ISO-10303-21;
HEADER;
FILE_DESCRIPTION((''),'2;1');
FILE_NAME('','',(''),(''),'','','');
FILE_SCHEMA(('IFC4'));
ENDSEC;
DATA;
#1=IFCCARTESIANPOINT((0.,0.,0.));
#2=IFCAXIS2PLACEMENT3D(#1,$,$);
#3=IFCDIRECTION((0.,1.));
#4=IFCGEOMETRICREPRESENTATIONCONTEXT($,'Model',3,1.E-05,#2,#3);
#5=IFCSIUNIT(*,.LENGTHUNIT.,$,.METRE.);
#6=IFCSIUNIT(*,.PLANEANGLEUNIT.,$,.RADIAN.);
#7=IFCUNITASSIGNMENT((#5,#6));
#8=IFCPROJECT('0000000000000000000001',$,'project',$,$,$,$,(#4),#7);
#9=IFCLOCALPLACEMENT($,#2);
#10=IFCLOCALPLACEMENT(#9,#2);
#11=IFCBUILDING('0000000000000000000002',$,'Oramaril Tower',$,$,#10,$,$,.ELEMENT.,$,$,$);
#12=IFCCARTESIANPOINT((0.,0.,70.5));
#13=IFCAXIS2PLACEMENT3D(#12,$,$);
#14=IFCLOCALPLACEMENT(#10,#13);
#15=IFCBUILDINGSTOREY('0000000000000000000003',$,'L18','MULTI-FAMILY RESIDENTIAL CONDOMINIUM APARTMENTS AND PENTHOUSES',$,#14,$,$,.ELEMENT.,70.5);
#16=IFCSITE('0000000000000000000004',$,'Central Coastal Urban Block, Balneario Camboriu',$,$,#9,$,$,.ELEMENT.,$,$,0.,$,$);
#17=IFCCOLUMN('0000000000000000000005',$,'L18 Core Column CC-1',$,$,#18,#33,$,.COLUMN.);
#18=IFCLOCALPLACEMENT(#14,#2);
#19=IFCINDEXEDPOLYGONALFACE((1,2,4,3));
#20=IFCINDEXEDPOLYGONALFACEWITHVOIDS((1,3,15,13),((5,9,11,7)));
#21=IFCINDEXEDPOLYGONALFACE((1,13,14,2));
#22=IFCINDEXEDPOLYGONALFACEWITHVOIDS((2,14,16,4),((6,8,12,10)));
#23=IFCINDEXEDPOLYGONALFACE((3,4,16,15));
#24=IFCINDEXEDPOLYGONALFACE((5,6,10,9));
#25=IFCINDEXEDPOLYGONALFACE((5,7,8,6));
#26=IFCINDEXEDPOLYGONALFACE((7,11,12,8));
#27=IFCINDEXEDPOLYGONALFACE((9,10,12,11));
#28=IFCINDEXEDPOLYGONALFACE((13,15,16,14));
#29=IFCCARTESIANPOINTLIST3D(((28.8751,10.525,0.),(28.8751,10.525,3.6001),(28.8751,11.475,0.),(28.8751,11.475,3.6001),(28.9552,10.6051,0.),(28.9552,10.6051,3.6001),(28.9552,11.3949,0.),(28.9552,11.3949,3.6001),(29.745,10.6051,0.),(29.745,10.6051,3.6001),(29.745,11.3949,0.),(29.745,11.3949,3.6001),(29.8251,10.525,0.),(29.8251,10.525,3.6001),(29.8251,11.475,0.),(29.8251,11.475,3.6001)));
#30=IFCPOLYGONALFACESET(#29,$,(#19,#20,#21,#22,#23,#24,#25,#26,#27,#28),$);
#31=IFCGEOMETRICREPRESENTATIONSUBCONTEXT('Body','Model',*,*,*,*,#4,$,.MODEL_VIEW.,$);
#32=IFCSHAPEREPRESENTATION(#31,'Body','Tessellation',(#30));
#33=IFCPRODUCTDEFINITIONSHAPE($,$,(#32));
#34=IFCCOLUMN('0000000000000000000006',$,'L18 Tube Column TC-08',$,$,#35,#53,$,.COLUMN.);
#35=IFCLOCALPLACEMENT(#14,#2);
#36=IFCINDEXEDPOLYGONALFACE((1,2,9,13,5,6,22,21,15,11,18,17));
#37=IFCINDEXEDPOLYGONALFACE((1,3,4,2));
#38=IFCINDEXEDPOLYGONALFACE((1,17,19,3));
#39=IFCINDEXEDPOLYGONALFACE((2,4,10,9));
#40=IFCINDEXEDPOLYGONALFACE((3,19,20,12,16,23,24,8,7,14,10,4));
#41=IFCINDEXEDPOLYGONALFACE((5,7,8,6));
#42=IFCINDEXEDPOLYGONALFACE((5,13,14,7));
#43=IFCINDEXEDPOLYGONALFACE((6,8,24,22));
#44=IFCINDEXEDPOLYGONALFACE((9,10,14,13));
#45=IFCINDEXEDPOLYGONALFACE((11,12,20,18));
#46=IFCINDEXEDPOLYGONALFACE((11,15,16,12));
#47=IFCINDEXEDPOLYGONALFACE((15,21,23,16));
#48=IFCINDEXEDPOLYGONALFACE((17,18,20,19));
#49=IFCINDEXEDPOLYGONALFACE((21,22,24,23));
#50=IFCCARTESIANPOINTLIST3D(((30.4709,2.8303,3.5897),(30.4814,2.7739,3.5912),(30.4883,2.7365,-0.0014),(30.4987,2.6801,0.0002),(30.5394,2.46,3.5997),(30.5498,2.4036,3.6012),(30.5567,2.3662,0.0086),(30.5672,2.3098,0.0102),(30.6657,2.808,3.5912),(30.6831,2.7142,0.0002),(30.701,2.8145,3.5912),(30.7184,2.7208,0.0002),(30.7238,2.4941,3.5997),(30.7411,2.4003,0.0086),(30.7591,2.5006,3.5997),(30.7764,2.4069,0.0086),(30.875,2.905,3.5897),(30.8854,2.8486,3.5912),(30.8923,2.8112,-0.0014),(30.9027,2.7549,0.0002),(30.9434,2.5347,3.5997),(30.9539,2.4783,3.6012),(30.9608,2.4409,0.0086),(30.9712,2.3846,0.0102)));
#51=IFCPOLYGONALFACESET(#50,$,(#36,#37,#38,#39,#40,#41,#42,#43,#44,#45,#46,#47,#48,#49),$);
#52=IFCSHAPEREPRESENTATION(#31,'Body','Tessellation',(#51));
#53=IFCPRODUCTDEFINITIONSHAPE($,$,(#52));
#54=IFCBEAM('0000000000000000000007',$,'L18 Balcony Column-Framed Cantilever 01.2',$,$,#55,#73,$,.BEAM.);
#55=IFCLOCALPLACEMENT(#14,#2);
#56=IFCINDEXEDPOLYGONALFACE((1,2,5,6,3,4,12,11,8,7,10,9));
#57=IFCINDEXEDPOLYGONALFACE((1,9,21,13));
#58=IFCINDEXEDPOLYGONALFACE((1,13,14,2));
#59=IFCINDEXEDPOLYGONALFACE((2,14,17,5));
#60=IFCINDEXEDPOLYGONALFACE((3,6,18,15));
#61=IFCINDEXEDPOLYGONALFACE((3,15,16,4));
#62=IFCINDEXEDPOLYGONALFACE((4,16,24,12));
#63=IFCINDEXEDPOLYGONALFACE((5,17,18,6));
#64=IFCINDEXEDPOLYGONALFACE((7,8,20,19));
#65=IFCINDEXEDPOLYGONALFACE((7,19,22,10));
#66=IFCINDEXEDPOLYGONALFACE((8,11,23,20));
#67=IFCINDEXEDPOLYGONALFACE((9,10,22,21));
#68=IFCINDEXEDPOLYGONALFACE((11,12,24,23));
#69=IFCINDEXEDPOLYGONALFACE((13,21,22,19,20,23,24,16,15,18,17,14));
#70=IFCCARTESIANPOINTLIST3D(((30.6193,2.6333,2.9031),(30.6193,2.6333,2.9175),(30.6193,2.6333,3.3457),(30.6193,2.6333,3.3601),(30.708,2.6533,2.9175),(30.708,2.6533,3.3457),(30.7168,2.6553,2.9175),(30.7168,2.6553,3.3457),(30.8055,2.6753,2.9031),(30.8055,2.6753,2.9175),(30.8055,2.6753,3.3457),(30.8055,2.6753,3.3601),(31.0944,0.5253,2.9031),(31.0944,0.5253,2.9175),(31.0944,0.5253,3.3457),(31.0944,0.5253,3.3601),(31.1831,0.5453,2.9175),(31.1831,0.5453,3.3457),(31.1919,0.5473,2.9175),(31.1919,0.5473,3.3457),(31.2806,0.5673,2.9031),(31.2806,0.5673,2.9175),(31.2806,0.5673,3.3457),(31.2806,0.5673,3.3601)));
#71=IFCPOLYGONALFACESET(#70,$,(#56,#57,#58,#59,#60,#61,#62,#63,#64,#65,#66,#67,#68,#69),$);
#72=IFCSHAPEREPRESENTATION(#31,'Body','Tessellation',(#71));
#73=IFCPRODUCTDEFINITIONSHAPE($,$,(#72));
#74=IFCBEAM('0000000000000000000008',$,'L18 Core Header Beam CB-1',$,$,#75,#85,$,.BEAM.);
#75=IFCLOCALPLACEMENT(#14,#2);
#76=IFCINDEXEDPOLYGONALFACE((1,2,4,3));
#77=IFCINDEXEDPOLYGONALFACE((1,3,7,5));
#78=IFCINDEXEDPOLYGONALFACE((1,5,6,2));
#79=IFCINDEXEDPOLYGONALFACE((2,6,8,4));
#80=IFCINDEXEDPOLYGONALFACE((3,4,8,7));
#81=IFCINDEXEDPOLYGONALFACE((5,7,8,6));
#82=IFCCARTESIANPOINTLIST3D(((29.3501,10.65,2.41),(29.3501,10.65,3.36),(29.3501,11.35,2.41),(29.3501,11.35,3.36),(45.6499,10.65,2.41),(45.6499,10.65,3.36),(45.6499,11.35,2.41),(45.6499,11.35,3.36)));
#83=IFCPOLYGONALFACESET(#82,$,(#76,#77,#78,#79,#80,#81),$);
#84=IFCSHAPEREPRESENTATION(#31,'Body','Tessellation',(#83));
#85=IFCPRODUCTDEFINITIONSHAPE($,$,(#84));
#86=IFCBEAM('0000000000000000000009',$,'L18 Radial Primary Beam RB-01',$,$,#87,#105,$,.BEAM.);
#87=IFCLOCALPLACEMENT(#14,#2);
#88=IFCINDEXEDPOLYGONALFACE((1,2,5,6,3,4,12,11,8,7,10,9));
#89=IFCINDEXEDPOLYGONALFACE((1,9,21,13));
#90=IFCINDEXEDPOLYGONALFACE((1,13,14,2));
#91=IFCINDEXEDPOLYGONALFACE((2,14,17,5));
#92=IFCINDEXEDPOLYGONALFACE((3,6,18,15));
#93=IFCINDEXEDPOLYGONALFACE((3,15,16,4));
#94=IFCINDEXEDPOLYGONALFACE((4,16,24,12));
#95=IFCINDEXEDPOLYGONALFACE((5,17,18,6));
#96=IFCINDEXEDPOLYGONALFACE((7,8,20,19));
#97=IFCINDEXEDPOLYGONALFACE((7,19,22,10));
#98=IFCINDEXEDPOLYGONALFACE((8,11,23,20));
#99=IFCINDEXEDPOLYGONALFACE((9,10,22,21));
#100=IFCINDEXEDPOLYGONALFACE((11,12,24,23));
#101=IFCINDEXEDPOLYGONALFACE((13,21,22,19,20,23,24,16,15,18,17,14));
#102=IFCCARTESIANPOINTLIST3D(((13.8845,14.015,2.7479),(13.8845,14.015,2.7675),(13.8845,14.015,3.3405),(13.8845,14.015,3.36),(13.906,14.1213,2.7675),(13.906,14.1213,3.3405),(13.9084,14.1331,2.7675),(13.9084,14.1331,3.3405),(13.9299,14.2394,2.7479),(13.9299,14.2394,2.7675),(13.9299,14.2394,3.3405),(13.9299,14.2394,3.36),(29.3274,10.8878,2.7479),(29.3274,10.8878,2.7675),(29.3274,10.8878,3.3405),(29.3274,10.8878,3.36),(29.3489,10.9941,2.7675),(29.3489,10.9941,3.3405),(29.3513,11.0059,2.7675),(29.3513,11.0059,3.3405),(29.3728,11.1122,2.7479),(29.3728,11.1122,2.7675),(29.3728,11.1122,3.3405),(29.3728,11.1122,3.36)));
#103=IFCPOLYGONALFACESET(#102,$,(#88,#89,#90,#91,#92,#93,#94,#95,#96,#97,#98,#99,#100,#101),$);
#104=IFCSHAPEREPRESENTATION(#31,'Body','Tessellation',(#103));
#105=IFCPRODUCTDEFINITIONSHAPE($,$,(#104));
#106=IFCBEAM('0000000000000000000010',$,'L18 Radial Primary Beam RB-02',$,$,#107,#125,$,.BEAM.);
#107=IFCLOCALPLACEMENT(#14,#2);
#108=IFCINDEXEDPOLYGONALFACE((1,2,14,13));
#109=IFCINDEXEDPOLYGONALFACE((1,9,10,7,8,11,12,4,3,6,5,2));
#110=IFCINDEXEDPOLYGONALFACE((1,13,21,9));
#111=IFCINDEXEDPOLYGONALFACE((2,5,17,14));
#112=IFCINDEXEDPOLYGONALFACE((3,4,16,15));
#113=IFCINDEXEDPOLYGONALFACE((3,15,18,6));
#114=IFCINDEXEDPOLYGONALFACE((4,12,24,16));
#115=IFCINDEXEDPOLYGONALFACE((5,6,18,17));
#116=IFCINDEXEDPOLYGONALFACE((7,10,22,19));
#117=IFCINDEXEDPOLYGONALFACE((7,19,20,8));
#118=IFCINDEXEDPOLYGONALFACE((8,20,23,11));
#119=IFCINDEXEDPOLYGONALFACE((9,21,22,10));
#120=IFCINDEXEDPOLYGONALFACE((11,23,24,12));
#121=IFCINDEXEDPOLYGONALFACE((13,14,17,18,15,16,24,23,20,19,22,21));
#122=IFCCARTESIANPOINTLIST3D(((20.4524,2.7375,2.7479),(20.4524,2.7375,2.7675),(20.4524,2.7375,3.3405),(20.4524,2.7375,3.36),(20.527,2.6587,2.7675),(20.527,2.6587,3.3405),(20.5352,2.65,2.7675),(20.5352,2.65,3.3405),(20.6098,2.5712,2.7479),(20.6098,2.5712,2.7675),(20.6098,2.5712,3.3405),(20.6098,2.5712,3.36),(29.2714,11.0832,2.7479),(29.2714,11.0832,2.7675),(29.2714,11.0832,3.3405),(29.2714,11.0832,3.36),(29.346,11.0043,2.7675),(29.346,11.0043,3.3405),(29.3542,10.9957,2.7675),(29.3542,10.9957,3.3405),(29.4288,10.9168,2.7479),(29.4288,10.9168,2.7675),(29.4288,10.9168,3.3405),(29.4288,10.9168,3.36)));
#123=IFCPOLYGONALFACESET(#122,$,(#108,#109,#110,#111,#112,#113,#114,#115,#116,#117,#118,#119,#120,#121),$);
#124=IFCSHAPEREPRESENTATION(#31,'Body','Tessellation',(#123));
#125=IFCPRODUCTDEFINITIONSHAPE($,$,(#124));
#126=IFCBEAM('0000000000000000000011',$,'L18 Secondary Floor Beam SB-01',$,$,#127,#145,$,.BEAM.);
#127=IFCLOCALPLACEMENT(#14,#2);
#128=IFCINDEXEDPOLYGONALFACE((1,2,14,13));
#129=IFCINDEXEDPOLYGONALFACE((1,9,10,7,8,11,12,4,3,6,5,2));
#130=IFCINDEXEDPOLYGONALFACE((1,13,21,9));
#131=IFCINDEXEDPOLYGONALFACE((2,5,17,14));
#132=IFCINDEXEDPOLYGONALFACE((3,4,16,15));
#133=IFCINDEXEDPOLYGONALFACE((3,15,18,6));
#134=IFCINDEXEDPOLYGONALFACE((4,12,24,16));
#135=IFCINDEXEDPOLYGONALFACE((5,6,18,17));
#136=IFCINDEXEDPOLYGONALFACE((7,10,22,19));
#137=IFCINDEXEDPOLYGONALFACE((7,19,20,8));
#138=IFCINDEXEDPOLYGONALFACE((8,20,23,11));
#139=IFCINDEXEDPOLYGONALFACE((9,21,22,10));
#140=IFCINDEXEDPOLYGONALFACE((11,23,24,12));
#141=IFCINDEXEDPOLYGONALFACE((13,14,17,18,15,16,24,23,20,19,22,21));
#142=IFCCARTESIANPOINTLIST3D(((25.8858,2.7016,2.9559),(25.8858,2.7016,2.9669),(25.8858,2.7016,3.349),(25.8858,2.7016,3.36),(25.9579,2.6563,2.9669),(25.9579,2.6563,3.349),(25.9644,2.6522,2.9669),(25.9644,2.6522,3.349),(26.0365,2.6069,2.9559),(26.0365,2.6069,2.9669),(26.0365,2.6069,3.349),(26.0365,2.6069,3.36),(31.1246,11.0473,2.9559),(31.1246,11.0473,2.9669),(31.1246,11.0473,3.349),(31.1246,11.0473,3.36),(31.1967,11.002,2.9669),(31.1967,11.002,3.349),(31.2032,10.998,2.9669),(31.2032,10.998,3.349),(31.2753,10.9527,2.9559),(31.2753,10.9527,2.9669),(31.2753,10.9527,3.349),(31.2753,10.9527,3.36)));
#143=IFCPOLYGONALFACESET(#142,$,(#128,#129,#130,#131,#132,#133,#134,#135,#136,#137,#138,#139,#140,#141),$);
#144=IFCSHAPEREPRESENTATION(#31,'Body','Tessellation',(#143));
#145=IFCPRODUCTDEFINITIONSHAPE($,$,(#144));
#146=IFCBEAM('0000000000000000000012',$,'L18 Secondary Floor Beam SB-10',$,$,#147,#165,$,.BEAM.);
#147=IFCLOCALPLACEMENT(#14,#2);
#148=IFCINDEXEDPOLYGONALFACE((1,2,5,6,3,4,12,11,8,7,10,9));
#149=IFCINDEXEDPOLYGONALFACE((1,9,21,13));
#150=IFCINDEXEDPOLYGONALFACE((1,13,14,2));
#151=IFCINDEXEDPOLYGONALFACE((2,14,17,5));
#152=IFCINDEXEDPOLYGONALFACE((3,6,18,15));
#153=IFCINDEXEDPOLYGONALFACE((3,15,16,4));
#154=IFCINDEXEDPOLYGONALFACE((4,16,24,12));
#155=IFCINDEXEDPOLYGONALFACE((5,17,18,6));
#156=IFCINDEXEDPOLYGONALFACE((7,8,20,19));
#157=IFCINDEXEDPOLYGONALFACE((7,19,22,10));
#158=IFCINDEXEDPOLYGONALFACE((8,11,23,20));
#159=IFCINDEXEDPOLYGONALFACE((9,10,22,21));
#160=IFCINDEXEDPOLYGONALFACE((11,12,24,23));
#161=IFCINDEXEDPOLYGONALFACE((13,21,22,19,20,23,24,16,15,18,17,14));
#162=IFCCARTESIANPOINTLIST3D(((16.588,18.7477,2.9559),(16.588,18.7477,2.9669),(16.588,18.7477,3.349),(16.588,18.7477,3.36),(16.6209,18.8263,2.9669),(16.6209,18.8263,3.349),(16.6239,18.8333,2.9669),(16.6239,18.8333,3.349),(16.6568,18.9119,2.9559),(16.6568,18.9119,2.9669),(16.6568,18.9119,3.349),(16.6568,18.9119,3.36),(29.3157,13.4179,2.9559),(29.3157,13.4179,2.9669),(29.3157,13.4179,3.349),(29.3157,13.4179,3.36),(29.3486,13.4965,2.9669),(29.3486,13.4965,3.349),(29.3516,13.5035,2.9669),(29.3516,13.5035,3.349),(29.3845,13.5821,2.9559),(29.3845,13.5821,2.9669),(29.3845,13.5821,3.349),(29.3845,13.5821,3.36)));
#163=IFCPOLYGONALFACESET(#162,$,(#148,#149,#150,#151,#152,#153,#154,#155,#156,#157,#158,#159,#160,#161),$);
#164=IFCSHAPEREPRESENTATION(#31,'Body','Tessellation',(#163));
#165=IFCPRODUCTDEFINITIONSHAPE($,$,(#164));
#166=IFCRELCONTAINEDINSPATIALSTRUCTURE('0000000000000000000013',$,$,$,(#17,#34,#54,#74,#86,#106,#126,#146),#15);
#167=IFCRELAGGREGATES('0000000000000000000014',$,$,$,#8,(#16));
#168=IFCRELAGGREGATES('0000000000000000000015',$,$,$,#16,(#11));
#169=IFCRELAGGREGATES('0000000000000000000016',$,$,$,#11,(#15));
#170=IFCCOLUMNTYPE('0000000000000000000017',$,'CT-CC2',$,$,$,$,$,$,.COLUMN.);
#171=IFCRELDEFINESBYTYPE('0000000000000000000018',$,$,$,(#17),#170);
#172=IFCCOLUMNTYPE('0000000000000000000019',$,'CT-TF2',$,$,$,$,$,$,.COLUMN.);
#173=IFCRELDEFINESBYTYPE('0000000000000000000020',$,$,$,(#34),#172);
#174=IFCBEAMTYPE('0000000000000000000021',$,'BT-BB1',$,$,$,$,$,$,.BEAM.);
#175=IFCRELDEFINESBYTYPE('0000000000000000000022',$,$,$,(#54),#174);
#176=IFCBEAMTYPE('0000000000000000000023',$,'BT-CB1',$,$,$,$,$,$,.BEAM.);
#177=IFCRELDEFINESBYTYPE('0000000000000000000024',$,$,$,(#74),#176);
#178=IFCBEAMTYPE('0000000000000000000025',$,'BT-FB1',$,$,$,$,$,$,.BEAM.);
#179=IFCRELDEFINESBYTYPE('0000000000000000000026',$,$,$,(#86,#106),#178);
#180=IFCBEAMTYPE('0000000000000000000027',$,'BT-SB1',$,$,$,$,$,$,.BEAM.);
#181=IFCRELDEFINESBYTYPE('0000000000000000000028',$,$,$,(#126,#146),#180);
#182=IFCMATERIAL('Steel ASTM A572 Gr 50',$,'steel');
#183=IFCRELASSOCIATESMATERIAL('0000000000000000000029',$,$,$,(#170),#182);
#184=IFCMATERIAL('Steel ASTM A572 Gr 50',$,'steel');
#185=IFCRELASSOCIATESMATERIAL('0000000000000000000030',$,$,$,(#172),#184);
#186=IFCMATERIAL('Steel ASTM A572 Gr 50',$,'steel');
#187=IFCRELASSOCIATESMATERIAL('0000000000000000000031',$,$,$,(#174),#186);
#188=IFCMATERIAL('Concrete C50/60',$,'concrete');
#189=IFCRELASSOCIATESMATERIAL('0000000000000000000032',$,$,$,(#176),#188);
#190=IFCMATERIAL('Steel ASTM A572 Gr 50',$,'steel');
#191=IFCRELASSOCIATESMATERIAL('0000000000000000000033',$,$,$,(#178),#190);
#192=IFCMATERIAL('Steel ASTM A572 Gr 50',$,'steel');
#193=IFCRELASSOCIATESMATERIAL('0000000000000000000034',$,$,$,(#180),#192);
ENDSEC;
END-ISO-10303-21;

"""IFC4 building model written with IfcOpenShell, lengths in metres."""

from ifc_helpers import new_model, si_unit, direction, frame, origin, origin_2d, place, context, subcontext, project, spatial, rectangle, hollow_rectangle, i_section, extrude, material, material_profile, profile_set, type_object, element, save


model = new_model("IFC4")

# Units and contexts
model_context = context("Model", 3, precision=1e-05, world=origin(), true_north=direction((0.0, 1.0)))
body_context = subcontext(model_context, "Body", "Model", "MODEL_VIEW")
ifc_project = project(units=[si_unit("LENGTHUNIT", "METRE"), si_unit("PLANEANGLEUNIT", "RADIAN")], contexts=[model_context])

# Site, building, storey
site_placement = place(None, origin())
site = spatial("IfcSite", under=ifc_project, at=site_placement, Name="Central Coastal Urban Block, Balneario Camboriu", CompositionType="ELEMENT", RefElevation=0.0)
building_placement = place(site_placement, origin())
building = spatial("IfcBuilding", under=site, at=building_placement, Name="Oramaril Tower", CompositionType="ELEMENT")
storey_placement = place(building_placement, frame((0.0, 0.0, 70.5)))
storey = spatial("IfcBuildingStorey", under=building, at=storey_placement, Name="L18", Description="MULTI-FAMILY RESIDENTIAL CONDOMINIUM APARTMENTS AND PENTHOUSES", CompositionType="ELEMENT", Elevation=70.5)

# Columns
ifc_material_1 = material(Name="Steel ASTM A572 Gr 50", Category="steel")
ifc_material_profile_1 = material_profile(ifc_material_1, hollow_rectangle(XDim=0.95, YDim=0.95, WallThickness=0.0801, at=origin_2d()), Name="BOX950X950X80")
ifc_profile_set_1 = profile_set([ifc_material_profile_1], Name="Steel ASTM A572 Gr 50")
column_type_1 = type_object("IfcColumnType", Name="CT-CC2", PredefinedType="COLUMN", material=ifc_profile_set_1)
column_1_placement = place(storey_placement, frame((29.3501, 11.0, 0.0), z_axis=(0.0, 0.0, 1.0), x_axis=(1.0, 0.0, 0.0)))
element("IfcColumn", 1, at=column_1_placement, inside=storey, type_object=column_type_1, Name="L18 Core Column CC-1", PredefinedType="COLUMN", context=body_context, shape_type="SweptSolid", body=[
    extrude(hollow_rectangle(XDim=0.95, YDim=0.95, WallThickness=0.0801, at=origin_2d()), origin(), (0.0, 0.0, 1.0), 3.6001),
])
ifc_material_2 = material(Name="Steel ASTM A572 Gr 50", Category="steel")
ifc_material_profile_2 = material_profile(ifc_material_2, i_section(OverallWidth=0.4109, OverallDepth=0.4341, WebThickness=0.0359, FlangeThickness=0.0574, at=origin_2d()), Name="W14X311")
ifc_profile_set_2 = profile_set([ifc_material_profile_2], Name="Steel ASTM A572 Gr 50")
column_type_2 = type_object("IfcColumnType", Name="CT-TF2", PredefinedType="COLUMN", material=ifc_profile_set_2)
column_2_placement = place(storey_placement, frame((30.7297, 2.5605, 0.0044), z_axis=(-0.004825, 0.026097, 0.999648), x_axis=(-0.983333, -0.181814, 0.0)))
element("IfcColumn", 2, at=column_2_placement, inside=storey, type_object=column_type_2, Name="L18 Tube Column TC-08", PredefinedType="COLUMN", context=body_context, shape_type="SweptSolid", body=[
    extrude(i_section(OverallWidth=0.4109, OverallDepth=0.4341, WebThickness=0.0359, FlangeThickness=0.0574, at=origin_2d()), origin(), (0.0, 0.0, 1.0), 3.5923),
])

# Beams
ifc_material_3 = material(Name="Steel ASTM A572 Gr 50", Category="steel")
ifc_material_profile_3 = material_profile(ifc_material_3, i_section(OverallWidth=0.1909, OverallDepth=0.457, WebThickness=0.009, FlangeThickness=0.0144, at=origin_2d()), Name="W18X50")
ifc_profile_set_3 = profile_set([ifc_material_profile_3], Name="Steel ASTM A572 Gr 50")
beam_type_1 = type_object("IfcBeamType", Name="BT-BB1", PredefinedType="BEAM", material=ifc_profile_set_3)
beam_1_placement = place(storey_placement, frame((30.7124, 2.6543, 3.1316), z_axis=(0.219872, -0.975529, 0.0), x_axis=(0.975529, 0.219872, 0.0)))
element("IfcBeam", 3, at=beam_1_placement, inside=storey, type_object=beam_type_1, Name="L18 Balcony Column-Framed Cantilever 01.2", PredefinedType="BEAM", context=body_context, shape_type="SweptSolid", body=[
    extrude(i_section(OverallWidth=0.1909, OverallDepth=0.457, WebThickness=0.009, FlangeThickness=0.0144, at=origin_2d()), origin(), (0.0, 0.0, 1.0), 2.1609),
])
ifc_material_4 = material(Name="Concrete C50/60", Category="concrete")
ifc_material_profile_4 = material_profile(ifc_material_4, rectangle(XDim=0.7, YDim=0.95, at=origin_2d()), Name="CB700X950")
ifc_profile_set_4 = profile_set([ifc_material_profile_4], Name="Concrete C50/60")
beam_type_2 = type_object("IfcBeamType", Name="BT-CB1", PredefinedType="BEAM", material=ifc_profile_set_4)
beam_2_placement = place(storey_placement, frame((29.3501, 11.0, 2.885), z_axis=(1.0, 0.0, 0.0), x_axis=(0.0, 1.0, 0.0)))
element("IfcBeam", 4, at=beam_2_placement, inside=storey, type_object=beam_type_2, Name="L18 Core Header Beam CB-1", PredefinedType="BEAM", context=body_context, shape_type="SweptSolid", body=[
    extrude(rectangle(XDim=0.7, YDim=0.95, at=origin_2d()), origin(), (0.0, 0.0, 1.0), 16.2998),
])
ifc_material_5 = material(Name="Steel ASTM A572 Gr 50", Category="steel")
ifc_material_profile_5 = material_profile(ifc_material_5, i_section(OverallWidth=0.229, OverallDepth=0.6121, WebThickness=0.012, FlangeThickness=0.0195, at=origin_2d()), Name="W24X84")
ifc_profile_set_5 = profile_set([ifc_material_profile_5], Name="Steel ASTM A572 Gr 50")
beam_type_3 = type_object("IfcBeamType", Name="BT-FB1", PredefinedType="BEAM", material=ifc_profile_set_5)
beam_3_placement = place(storey_placement, frame((29.3501, 11.0, 3.054), z_axis=(-0.980106, 0.198473, 0.0), x_axis=(-0.198473, -0.980106, 0.0)))
element("IfcBeam", 5, at=beam_3_placement, inside=storey, type_object=beam_type_3, Name="L18 Radial Primary Beam RB-01", PredefinedType="BEAM", context=body_context, shape_type="SweptSolid", body=[
    extrude(i_section(OverallWidth=0.229, OverallDepth=0.6121, WebThickness=0.012, FlangeThickness=0.0195, at=origin_2d()), origin(), (0.0, 0.0, 1.0), 15.7563),
])
beam_4_placement = place(storey_placement, frame((29.3501, 11.0, 3.054), z_axis=(-0.726332, -0.687344, 0.0), x_axis=(0.687344, -0.726332, 0.0)))
element("IfcBeam", 6, at=beam_4_placement, inside=storey, type_object=beam_type_3, Name="L18 Radial Primary Beam RB-02", PredefinedType="BEAM", context=body_context, shape_type="SweptSolid", body=[
    extrude(i_section(OverallWidth=0.229, OverallDepth=0.6121, WebThickness=0.012, FlangeThickness=0.0195, at=origin_2d()), origin(), (0.0, 0.0, 1.0), 12.1418),
])
ifc_material_6 = material(Name="Steel ASTM A572 Gr 50", Category="steel")
ifc_material_profile_6 = material_profile(ifc_material_6, i_section(OverallWidth=0.178, OverallDepth=0.4041, WebThickness=0.0076, FlangeThickness=0.011, at=origin_2d()), Name="W16X36")
ifc_profile_set_6 = profile_set([ifc_material_profile_6], Name="Steel ASTM A572 Gr 50")
beam_type_4 = type_object("IfcBeamType", Name="BT-SB1", PredefinedType="BEAM", material=ifc_profile_set_6)
beam_5_placement = place(storey_placement, frame((31.2, 11.0, 3.158), z_axis=(-0.531655, -0.846961, 0.0), x_axis=(0.846961, -0.531655, 0.0)))
element("IfcBeam", 7, at=beam_5_placement, inside=storey, type_object=beam_type_4, Name="L18 Secondary Floor Beam SB-01", PredefinedType="BEAM", context=body_context, shape_type="SweptSolid", body=[
    extrude(i_section(OverallWidth=0.178, OverallDepth=0.4041, WebThickness=0.0076, FlangeThickness=0.011, at=origin_2d()), origin(), (0.0, 0.0, 1.0), 9.8538),
])
beam_6_placement = place(storey_placement, frame((29.3501, 13.5, 3.158), z_axis=(-0.922391, 0.386257, 0.0), x_axis=(-0.386257, -0.922391, 0.0)))
element("IfcBeam", 8, at=beam_6_placement, inside=storey, type_object=beam_type_4, Name="L18 Secondary Floor Beam SB-10", PredefinedType="BEAM", context=body_context, shape_type="SweptSolid", body=[
    extrude(i_section(OverallWidth=0.178, OverallDepth=0.4041, WebThickness=0.0076, FlangeThickness=0.011, at=origin_2d()), origin(), (0.0, 0.0, 1.0), 13.7986),
])

save(model, "model.ifc")
